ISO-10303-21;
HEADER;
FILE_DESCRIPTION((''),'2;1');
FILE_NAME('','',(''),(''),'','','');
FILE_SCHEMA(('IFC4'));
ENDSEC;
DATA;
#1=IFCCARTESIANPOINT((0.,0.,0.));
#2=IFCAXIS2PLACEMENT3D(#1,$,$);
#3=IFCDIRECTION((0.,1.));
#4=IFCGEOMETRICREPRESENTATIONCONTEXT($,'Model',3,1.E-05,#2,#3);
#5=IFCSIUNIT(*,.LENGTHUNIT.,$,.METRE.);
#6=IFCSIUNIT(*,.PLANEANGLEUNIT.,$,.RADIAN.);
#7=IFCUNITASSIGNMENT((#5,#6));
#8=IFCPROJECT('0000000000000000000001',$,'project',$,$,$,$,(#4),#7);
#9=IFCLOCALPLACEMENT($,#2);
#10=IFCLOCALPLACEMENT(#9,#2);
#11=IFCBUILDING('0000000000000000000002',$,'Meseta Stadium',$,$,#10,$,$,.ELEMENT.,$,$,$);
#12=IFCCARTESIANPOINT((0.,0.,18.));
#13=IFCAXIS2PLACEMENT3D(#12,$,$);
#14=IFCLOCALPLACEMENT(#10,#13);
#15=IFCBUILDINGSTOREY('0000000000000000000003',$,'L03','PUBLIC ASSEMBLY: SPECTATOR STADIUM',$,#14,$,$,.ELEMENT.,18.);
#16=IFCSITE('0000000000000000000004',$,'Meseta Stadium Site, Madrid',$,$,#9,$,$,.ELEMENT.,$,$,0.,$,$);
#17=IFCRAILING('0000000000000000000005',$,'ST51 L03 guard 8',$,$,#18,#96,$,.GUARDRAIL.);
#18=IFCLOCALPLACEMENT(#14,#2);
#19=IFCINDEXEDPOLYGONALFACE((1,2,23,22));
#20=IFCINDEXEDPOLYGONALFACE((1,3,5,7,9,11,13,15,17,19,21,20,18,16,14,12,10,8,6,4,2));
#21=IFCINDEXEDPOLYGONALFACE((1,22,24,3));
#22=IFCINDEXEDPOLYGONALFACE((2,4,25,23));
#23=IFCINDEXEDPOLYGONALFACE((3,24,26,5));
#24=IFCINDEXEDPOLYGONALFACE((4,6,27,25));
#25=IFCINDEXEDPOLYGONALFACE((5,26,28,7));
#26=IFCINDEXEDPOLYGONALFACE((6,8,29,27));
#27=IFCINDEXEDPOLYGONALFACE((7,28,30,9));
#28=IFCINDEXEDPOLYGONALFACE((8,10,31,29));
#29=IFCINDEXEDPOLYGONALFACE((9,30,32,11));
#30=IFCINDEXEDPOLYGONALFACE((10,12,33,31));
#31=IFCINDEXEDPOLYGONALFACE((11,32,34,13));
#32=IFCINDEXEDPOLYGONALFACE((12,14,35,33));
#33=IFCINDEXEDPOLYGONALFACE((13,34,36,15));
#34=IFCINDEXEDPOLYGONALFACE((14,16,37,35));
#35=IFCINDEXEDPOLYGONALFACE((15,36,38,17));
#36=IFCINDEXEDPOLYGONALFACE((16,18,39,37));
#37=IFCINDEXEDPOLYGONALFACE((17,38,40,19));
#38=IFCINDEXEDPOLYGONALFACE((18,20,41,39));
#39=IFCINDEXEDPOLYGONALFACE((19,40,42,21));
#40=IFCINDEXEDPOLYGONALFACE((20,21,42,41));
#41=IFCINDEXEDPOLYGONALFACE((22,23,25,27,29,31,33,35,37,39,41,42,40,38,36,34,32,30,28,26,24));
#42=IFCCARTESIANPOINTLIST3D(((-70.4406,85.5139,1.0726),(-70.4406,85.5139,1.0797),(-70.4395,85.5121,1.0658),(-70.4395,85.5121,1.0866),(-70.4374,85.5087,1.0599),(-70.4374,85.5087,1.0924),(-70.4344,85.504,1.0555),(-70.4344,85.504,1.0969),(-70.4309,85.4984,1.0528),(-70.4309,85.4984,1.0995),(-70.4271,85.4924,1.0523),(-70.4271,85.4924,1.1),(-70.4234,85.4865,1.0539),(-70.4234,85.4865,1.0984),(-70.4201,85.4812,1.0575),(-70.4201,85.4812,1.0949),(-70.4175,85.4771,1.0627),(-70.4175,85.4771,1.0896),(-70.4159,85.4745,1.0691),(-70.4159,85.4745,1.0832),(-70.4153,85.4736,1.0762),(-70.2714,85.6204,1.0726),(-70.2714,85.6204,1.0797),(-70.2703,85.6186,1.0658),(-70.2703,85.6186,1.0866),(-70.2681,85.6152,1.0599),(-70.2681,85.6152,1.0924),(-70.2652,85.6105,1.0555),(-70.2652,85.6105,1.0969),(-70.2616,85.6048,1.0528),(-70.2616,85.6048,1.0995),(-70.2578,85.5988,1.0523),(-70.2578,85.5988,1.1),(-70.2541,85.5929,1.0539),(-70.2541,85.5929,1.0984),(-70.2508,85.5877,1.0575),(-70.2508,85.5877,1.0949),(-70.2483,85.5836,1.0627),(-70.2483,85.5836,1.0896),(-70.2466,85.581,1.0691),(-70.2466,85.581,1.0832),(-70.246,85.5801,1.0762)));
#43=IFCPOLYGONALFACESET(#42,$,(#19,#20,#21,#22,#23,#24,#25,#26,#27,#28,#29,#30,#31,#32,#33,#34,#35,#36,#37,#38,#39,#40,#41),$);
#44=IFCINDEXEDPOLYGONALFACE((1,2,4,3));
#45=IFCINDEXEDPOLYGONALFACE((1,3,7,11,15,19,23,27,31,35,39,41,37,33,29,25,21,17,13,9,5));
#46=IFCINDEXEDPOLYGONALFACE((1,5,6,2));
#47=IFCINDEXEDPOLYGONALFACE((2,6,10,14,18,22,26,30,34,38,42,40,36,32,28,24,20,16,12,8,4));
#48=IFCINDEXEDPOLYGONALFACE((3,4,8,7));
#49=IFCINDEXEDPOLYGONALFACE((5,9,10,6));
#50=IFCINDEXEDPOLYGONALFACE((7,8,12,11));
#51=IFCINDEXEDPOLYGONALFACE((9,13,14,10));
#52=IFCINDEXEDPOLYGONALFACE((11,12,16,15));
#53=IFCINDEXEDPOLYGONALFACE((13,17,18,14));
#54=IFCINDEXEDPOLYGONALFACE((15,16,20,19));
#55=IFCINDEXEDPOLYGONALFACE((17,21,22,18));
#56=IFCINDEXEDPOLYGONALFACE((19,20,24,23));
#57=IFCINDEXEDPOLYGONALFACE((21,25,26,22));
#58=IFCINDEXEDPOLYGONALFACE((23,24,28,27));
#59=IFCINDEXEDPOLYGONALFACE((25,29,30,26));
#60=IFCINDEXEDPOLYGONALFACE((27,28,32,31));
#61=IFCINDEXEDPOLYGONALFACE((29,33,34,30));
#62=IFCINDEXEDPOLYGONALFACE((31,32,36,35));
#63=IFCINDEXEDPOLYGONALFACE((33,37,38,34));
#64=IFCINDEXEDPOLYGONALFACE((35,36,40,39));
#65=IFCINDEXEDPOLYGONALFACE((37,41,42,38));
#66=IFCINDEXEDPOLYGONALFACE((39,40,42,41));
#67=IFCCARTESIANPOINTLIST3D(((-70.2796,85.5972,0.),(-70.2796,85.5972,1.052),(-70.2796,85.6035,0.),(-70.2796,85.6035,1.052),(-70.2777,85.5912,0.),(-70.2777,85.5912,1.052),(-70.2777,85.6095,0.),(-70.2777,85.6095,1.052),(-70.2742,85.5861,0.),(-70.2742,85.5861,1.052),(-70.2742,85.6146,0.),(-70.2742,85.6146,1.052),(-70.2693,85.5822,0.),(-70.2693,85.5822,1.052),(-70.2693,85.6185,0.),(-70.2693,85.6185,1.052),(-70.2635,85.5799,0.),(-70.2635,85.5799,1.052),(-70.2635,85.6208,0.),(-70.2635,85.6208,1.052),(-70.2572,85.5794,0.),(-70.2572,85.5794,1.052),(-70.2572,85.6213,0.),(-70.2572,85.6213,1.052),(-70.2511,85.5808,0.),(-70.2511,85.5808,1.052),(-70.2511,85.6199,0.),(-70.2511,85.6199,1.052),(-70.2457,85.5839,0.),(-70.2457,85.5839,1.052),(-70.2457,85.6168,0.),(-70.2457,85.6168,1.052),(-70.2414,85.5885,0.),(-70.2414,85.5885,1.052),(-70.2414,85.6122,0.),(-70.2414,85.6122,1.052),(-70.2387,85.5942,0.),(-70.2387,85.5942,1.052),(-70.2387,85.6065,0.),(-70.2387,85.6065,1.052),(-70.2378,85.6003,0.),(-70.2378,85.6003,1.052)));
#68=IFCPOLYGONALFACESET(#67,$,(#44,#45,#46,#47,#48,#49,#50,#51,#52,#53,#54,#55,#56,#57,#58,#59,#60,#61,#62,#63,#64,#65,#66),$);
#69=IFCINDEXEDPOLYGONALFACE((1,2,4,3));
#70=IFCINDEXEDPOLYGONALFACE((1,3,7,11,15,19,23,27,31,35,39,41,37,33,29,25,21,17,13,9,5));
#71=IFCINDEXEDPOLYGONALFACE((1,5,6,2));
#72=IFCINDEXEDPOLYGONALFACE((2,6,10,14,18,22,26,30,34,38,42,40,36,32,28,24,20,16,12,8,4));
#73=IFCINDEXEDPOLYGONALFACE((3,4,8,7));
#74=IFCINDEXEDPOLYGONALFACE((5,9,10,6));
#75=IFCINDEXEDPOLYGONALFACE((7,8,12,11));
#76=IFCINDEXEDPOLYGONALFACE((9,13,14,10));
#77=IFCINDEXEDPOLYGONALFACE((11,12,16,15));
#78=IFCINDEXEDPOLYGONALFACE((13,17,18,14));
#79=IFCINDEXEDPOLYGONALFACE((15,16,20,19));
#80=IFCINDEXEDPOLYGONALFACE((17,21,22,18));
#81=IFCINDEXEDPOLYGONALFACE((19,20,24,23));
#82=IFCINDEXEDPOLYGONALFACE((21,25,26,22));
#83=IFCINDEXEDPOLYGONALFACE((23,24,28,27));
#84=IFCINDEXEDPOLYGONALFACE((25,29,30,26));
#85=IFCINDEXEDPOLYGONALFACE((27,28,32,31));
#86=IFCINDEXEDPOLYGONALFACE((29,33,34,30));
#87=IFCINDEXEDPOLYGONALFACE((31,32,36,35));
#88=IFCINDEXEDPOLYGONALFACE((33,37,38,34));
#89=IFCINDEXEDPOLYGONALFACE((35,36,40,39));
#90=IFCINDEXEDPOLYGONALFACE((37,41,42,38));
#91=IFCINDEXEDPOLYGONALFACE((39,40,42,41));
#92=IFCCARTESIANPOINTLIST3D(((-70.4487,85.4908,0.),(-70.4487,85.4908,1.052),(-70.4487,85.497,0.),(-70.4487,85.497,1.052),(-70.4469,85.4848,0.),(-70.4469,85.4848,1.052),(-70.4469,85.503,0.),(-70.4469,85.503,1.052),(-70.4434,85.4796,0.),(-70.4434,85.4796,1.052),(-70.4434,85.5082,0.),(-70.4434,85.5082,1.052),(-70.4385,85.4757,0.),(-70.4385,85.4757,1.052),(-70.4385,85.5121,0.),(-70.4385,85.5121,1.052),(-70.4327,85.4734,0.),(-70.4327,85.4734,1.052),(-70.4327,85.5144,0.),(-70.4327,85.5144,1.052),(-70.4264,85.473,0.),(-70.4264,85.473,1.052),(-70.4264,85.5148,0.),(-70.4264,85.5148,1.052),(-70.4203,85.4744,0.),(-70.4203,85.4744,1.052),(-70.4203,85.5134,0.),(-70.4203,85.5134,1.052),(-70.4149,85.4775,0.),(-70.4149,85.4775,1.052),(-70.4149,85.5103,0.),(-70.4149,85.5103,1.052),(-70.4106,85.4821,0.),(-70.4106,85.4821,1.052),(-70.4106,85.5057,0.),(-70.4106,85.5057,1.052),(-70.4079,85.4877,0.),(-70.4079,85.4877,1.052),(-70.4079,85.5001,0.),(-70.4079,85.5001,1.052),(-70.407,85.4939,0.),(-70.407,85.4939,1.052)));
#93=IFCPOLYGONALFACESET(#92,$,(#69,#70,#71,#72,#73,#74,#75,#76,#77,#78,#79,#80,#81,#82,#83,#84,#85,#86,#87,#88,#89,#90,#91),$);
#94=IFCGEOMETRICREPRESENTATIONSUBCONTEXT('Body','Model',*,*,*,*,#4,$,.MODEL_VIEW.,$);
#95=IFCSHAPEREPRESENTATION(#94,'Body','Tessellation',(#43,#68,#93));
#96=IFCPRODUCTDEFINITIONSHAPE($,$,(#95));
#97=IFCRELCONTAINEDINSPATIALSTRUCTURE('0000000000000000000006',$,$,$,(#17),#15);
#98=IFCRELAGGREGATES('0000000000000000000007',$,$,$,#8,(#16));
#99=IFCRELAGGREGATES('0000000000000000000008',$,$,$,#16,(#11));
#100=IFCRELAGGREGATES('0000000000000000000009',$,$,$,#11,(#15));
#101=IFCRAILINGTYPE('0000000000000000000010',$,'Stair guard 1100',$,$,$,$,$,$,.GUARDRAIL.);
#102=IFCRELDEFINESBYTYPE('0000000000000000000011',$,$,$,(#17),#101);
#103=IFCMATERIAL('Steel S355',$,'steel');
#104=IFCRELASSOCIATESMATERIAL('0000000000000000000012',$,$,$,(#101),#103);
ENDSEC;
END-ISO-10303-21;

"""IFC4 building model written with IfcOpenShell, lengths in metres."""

from ifc_helpers import new_model, si_unit, direction, frame, origin, origin_2d, place, context, subcontext, project, spatial, circle, extrude, material, type_object, element, save


model = new_model("IFC4")

# Units and contexts
model_context = context("Model", 3, precision=1e-05, world=origin(), true_north=direction((0.0, 1.0)))
body_context = subcontext(model_context, "Body", "Model", "MODEL_VIEW")
ifc_project = project(units=[si_unit("LENGTHUNIT", "METRE"), si_unit("PLANEANGLEUNIT", "RADIAN")], contexts=[model_context])

# Site, building, storey
site_placement = place(None, origin())
site = spatial("IfcSite", under=ifc_project, at=site_placement, Name="Meseta Stadium Site, Madrid", CompositionType="ELEMENT", RefElevation=0.0)
building_placement = place(site_placement, origin())
building = spatial("IfcBuilding", under=site, at=building_placement, Name="Meseta Stadium", CompositionType="ELEMENT")
storey_placement = place(building_placement, frame((0.0, 0.0, 18.0)))
storey = spatial("IfcBuildingStorey", under=building, at=storey_placement, Name="L03", Description="PUBLIC ASSEMBLY: SPECTATOR STADIUM", CompositionType="ELEMENT", Elevation=18.0)

# Railing
ifc_material_1 = material(Name="Steel S355", Category="steel")
railing_type_1 = type_object("IfcRailingType", Name="Stair guard 1100", PredefinedType="GUARDRAIL", material=ifc_material_1)
railing_1_placement = place(storey_placement, frame((-70.2588, 85.6003, 0.0)))
element("IfcRailing", 1, at=railing_1_placement, inside=storey, type_object=railing_type_1, Name="ST51 L03 guard 8", PredefinedType="GUARDRAIL", context=body_context, shape_type="SweptSolid", body=[
    extrude(circle(Radius=0.0239, at=origin_2d()), frame((0.0, 0.0, 1.0762), z_axis=(-0.846416, -0.532522, 0.0), x_axis=(0.532522, -0.846416, 0.0)), (0.0, 0.0, 1.0), 0.2),
    extrude(circle(Radius=0.021, at=origin_2d()), origin(), (0.0, 0.0, 1.0), 1.052),
    extrude(circle(Radius=0.021, at=origin_2d()), frame((-0.1692, -0.1064, 0.0)), (0.0, 0.0, 1.0), 1.052),
])

save(model, "model.ifc")
